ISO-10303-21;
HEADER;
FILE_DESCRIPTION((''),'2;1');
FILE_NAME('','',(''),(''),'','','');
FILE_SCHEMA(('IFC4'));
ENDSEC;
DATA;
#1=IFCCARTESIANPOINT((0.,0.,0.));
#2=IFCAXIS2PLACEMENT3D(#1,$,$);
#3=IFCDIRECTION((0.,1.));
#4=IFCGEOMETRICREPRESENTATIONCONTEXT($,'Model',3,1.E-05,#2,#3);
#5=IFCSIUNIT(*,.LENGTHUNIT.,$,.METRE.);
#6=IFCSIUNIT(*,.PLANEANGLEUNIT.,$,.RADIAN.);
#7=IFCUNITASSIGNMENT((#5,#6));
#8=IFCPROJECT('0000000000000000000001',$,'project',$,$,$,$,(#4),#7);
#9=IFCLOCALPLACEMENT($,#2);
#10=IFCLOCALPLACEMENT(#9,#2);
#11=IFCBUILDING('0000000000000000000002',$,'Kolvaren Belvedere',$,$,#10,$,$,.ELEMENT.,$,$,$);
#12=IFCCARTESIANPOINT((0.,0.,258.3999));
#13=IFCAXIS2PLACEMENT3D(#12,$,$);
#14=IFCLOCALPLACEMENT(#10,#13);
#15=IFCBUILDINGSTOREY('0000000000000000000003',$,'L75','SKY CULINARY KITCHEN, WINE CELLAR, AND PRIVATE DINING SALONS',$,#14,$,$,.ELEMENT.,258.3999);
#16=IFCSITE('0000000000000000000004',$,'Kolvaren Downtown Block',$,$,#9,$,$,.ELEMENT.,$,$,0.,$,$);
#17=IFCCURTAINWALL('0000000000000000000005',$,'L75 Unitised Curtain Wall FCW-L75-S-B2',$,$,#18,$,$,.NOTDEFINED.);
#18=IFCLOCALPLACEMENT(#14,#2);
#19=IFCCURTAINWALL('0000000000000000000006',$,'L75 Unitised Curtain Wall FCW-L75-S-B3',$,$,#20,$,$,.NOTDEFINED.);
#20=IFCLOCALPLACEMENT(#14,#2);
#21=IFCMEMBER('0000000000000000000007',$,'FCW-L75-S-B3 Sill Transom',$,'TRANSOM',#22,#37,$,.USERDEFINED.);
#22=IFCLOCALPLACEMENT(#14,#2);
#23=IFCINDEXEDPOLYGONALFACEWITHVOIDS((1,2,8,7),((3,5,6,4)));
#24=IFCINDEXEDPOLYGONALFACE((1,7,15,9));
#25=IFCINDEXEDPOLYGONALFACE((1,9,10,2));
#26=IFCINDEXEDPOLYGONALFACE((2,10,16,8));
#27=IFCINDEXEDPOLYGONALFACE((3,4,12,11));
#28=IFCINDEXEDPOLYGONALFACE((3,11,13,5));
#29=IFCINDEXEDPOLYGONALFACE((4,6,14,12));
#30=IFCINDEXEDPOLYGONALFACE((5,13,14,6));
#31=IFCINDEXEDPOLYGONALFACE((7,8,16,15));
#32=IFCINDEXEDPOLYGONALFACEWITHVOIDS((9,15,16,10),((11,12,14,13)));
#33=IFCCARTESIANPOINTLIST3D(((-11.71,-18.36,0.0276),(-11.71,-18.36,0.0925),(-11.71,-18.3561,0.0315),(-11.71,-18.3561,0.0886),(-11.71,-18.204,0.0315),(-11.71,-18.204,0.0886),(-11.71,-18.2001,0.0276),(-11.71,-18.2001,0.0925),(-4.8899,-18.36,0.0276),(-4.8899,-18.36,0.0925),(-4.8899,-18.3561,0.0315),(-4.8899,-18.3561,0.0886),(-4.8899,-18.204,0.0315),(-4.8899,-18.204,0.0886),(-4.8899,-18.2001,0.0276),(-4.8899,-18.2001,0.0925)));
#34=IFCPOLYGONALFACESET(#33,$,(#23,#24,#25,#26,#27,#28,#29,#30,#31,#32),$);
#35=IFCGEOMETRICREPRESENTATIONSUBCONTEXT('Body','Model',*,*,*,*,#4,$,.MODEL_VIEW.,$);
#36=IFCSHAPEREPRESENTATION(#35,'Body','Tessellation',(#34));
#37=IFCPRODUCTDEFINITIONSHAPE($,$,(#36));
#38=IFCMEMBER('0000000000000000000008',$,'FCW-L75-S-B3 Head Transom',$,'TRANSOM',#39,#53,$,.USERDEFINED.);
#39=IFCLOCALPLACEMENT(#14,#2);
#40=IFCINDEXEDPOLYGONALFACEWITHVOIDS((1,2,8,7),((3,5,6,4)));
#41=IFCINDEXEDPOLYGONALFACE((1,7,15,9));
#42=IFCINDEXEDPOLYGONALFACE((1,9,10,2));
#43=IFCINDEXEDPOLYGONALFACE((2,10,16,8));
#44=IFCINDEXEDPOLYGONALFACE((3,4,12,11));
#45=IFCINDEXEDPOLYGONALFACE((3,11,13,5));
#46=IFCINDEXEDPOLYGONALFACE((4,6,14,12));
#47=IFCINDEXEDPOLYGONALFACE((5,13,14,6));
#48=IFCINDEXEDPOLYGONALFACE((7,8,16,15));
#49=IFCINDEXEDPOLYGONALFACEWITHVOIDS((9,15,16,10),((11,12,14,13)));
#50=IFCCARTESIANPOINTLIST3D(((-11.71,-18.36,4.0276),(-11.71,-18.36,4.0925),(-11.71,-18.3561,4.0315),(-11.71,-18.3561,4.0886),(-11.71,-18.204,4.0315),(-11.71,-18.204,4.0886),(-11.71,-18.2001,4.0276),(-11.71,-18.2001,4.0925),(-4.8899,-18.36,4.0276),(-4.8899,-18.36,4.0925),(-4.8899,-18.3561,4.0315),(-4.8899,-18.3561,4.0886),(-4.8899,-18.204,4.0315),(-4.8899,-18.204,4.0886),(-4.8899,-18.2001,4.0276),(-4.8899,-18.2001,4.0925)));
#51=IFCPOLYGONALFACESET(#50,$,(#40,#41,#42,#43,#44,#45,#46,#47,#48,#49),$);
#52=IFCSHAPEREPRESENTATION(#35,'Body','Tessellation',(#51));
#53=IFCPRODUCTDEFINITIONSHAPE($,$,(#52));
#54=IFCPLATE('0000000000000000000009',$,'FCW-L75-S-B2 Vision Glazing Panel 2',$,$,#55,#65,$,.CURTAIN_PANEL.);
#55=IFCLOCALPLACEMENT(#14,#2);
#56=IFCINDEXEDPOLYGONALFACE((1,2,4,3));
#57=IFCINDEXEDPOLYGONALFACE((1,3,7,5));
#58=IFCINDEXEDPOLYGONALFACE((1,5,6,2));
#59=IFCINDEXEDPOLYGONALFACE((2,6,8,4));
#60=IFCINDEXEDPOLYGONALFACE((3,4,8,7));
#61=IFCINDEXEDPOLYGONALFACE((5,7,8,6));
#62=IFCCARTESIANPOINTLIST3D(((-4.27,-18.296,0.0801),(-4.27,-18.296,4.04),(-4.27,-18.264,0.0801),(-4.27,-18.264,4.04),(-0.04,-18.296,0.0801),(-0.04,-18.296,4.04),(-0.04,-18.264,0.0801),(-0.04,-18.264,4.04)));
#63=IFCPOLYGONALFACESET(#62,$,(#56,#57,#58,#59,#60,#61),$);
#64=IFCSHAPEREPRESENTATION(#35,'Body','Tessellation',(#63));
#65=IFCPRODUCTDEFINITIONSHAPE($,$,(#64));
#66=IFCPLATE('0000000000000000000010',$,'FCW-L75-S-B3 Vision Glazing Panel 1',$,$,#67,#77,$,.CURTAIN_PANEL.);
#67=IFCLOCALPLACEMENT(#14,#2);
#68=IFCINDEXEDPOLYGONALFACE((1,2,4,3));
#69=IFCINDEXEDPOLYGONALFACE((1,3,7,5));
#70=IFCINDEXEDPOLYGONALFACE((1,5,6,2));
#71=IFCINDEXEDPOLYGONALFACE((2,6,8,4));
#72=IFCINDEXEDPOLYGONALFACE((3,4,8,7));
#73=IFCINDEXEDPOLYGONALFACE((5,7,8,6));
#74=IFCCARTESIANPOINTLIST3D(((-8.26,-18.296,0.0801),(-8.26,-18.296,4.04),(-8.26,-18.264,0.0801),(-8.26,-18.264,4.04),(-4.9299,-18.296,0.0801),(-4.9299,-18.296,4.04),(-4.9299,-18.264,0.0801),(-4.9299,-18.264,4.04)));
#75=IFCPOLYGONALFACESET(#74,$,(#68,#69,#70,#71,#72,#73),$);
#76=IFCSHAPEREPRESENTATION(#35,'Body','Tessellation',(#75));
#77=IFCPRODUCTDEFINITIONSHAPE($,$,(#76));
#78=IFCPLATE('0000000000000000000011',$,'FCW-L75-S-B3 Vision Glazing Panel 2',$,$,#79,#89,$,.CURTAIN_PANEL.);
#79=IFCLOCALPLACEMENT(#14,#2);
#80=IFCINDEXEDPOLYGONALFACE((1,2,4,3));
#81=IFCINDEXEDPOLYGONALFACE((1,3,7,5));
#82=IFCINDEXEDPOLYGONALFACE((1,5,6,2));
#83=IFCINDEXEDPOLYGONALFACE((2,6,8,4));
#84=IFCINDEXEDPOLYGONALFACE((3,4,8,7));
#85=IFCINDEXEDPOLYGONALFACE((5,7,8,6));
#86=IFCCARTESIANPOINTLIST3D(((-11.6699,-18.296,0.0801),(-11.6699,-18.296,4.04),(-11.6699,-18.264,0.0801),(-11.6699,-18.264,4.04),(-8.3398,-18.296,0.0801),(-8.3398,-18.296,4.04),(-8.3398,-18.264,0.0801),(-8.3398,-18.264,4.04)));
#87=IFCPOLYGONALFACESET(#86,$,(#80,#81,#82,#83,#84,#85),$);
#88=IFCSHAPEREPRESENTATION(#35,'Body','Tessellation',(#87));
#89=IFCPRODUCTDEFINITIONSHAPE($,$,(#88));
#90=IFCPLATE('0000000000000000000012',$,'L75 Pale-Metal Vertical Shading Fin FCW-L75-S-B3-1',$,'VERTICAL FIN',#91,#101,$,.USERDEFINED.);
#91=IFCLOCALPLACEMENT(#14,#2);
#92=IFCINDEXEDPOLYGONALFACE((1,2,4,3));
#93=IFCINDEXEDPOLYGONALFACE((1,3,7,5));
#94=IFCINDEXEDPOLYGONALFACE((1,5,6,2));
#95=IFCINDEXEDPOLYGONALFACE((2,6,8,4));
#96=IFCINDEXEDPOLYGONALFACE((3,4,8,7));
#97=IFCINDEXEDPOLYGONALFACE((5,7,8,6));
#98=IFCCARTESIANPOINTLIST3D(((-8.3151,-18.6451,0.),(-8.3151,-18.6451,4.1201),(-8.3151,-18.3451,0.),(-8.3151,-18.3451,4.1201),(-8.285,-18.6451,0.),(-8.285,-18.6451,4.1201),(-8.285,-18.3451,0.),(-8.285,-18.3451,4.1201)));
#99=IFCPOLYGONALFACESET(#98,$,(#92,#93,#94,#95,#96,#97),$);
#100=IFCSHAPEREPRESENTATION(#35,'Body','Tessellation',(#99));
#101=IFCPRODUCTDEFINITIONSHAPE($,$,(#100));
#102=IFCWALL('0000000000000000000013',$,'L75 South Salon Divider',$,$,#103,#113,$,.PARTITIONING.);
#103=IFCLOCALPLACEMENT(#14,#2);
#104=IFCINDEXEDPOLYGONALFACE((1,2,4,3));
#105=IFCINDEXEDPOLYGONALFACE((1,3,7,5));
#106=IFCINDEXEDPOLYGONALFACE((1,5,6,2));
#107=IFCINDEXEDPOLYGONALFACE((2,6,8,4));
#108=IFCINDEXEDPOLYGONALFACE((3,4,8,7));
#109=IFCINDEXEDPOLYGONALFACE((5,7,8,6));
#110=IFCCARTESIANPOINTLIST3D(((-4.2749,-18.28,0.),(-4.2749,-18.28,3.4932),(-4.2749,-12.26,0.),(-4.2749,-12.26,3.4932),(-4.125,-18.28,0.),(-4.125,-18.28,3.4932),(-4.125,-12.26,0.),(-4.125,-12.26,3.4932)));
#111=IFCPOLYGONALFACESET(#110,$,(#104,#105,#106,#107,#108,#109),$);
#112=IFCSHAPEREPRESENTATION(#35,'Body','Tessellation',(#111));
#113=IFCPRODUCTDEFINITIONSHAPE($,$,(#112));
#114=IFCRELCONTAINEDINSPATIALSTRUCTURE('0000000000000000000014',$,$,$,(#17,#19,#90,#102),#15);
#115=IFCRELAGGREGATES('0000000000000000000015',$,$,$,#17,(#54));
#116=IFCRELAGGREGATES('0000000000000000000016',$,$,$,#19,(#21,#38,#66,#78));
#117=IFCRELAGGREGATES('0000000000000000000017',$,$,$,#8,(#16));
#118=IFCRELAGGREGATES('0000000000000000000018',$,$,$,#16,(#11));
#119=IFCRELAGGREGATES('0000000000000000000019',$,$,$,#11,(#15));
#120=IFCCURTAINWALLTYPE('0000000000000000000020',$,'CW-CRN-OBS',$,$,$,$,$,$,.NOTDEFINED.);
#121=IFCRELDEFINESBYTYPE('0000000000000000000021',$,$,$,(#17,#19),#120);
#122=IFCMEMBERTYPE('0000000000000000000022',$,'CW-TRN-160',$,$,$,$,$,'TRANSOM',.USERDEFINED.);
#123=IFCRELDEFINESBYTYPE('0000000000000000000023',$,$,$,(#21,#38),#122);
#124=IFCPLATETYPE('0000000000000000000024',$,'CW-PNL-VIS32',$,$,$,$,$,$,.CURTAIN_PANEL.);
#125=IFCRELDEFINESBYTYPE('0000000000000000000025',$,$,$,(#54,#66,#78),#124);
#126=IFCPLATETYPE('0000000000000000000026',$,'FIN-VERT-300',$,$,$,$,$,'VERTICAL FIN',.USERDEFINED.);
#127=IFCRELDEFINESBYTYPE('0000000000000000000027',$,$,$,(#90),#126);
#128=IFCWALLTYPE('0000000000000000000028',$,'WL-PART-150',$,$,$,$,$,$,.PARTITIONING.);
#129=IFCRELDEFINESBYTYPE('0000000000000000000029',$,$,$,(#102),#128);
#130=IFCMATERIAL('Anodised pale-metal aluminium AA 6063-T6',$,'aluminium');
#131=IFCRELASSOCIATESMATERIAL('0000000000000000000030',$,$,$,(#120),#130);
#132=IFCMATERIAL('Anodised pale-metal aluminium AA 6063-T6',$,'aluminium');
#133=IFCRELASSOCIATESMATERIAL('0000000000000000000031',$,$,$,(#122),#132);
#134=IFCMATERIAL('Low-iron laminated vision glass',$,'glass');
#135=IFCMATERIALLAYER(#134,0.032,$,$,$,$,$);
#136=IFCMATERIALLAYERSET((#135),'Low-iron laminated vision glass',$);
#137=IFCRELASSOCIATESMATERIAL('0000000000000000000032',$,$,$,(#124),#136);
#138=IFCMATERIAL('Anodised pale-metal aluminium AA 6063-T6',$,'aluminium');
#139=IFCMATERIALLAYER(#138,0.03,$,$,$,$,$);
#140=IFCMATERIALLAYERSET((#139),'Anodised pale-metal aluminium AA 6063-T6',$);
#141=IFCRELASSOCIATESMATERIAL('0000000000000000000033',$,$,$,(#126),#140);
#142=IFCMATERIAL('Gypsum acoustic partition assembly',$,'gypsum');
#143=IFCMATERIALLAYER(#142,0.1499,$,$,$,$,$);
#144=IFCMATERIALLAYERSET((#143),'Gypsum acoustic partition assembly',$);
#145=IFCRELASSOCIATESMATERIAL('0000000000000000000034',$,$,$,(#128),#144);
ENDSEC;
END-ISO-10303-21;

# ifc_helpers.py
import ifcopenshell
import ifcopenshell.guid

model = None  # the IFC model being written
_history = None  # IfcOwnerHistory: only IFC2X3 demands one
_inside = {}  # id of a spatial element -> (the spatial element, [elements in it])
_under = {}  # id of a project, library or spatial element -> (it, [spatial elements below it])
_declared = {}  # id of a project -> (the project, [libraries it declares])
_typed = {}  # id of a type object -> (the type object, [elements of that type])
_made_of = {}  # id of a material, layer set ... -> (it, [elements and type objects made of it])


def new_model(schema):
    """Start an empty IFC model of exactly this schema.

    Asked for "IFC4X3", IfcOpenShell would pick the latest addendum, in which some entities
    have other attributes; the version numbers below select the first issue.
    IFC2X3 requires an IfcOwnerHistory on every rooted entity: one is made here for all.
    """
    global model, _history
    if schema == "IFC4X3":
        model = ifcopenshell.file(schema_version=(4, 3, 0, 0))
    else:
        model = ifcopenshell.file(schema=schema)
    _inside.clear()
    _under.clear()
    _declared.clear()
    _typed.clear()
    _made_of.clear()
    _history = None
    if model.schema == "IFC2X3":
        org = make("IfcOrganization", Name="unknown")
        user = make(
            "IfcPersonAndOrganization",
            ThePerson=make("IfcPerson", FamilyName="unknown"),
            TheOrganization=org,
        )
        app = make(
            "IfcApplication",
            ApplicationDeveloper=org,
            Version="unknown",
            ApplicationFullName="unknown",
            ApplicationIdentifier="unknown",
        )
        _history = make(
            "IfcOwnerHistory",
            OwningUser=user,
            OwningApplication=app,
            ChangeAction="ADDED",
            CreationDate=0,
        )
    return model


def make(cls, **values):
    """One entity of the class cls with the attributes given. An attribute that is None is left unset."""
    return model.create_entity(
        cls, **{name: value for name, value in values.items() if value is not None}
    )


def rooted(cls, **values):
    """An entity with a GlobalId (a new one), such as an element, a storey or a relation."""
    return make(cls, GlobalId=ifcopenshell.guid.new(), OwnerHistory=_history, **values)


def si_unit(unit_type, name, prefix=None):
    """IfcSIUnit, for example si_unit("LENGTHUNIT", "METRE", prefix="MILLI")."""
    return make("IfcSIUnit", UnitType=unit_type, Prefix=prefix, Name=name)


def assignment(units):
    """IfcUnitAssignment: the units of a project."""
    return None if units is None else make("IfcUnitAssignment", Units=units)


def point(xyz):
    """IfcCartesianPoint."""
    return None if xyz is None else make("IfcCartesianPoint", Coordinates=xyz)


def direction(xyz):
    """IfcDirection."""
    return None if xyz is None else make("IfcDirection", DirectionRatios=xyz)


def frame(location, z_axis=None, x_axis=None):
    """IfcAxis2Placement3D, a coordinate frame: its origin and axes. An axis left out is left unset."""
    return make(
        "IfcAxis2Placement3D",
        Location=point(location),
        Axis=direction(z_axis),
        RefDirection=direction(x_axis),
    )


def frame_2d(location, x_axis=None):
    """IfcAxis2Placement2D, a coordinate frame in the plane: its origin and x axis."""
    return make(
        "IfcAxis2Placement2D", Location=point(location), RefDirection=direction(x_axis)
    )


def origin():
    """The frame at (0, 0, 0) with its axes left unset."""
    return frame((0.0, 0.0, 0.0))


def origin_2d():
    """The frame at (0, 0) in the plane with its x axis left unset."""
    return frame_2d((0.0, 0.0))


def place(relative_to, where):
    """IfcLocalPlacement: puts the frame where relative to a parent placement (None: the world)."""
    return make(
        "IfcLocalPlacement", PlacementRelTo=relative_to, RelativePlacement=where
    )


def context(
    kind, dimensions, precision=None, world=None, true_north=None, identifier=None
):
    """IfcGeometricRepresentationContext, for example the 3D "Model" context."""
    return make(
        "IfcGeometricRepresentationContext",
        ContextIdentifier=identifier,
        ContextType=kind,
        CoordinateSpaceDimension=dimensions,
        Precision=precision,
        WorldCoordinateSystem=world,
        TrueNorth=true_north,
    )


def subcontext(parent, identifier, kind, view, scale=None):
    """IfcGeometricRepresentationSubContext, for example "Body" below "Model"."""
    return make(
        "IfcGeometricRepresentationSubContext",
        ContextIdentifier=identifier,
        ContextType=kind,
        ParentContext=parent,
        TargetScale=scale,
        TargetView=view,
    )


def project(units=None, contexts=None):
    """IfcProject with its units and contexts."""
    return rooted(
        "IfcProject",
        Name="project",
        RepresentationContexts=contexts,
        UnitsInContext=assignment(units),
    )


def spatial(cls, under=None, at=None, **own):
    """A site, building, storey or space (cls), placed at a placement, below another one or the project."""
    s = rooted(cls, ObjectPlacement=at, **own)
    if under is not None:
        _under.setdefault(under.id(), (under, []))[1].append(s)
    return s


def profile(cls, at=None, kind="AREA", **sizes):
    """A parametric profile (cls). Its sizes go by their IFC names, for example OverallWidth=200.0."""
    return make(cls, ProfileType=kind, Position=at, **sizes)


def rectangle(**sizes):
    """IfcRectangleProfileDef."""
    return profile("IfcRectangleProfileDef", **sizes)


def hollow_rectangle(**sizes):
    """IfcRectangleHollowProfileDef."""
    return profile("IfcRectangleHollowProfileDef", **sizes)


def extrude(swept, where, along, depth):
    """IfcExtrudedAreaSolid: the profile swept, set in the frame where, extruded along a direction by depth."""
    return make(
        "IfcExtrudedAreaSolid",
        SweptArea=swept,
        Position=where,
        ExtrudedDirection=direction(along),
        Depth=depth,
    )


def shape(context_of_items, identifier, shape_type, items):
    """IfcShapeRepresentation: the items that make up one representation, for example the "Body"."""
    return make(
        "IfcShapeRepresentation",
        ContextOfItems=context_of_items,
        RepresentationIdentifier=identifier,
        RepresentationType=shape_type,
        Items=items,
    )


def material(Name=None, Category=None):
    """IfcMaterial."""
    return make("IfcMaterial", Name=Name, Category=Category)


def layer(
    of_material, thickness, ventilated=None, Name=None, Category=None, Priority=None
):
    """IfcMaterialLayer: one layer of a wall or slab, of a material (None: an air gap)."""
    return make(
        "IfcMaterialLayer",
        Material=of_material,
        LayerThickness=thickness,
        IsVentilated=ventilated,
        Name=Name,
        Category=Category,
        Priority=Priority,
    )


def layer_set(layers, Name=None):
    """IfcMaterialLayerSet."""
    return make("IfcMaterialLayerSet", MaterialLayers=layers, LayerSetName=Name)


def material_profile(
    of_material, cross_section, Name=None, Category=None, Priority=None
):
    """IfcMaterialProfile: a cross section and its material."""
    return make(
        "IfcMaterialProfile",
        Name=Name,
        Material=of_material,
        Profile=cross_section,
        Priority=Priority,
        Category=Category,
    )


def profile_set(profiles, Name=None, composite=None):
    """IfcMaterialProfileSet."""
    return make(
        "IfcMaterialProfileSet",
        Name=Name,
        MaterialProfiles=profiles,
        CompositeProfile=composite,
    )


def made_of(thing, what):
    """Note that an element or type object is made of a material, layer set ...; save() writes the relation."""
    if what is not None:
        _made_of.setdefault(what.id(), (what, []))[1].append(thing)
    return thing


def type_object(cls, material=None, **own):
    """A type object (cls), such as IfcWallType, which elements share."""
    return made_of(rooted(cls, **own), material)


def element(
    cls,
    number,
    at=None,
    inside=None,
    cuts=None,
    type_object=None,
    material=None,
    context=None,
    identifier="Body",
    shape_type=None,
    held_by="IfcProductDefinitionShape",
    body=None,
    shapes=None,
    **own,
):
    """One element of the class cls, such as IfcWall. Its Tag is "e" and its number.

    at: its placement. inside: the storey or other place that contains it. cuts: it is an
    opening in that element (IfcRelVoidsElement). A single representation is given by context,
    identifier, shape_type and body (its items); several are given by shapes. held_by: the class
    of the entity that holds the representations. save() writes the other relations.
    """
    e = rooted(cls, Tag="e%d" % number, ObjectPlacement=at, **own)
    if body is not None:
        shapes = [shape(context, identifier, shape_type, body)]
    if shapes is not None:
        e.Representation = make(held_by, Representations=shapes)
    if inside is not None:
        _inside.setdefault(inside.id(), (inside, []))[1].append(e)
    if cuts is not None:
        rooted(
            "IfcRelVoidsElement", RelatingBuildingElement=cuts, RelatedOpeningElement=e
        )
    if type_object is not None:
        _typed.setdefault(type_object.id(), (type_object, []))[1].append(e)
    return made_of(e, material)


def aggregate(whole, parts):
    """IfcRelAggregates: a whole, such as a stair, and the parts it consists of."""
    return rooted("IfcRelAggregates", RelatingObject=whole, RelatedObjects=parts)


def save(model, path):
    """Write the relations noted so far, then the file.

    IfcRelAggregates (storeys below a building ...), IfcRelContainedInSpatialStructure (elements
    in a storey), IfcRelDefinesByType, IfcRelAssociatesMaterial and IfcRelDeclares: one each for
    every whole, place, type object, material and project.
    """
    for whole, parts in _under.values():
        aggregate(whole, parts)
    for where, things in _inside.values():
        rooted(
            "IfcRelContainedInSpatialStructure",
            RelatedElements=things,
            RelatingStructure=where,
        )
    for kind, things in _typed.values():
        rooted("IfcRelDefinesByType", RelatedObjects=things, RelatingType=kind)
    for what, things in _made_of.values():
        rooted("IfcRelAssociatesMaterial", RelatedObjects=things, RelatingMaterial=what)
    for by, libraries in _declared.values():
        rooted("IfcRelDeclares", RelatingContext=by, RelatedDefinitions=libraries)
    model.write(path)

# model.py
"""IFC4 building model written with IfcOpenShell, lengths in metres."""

from ifc_helpers import new_model, si_unit, direction, frame, frame_2d, origin, origin_2d, place, context, subcontext, project, spatial, rectangle, hollow_rectangle, extrude, material, layer, layer_set, material_profile, profile_set, type_object, element, aggregate, save


model = new_model("IFC4")

# Units and contexts
model_context = context("Model", 3, precision=1e-05, world=origin(), true_north=direction((0.0, 1.0)))
body_context = subcontext(model_context, "Body", "Model", "MODEL_VIEW")
ifc_project = project(units=[si_unit("LENGTHUNIT", "METRE"), si_unit("PLANEANGLEUNIT", "RADIAN")], contexts=[model_context])

# Site, building, storey
site_placement = place(None, origin())
site = spatial("IfcSite", under=ifc_project, at=site_placement, Name="Kolvaren Downtown Block", CompositionType="ELEMENT", RefElevation=0.0)
building_placement = place(site_placement, origin())
building = spatial("IfcBuilding", under=site, at=building_placement, Name="Kolvaren Belvedere", CompositionType="ELEMENT")
storey_placement = place(building_placement, frame((0.0, 0.0, 258.3999)))
storey = spatial("IfcBuildingStorey", under=building, at=storey_placement, Name="L75", Description="SKY CULINARY KITCHEN, WINE CELLAR, AND PRIVATE DINING SALONS", CompositionType="ELEMENT", Elevation=258.3999)

# Curtain walls, members
ifc_material_1 = material(Name="Anodised pale-metal aluminium AA 6063-T6", Category="aluminium")
curtain_wall_type = type_object("IfcCurtainWallType", Name="CW-CRN-OBS", PredefinedType="NOTDEFINED", material=ifc_material_1)
curtain_wall_1_placement = place(storey_placement, origin())
curtain_wall_1 = element("IfcCurtainWall", 1, at=curtain_wall_1_placement, inside=storey, type_object=curtain_wall_type, Name="L75 Unitised Curtain Wall FCW-L75-S-B2", PredefinedType="NOTDEFINED")
curtain_wall_2_placement = place(storey_placement, origin())
curtain_wall_2 = element("IfcCurtainWall", 2, at=curtain_wall_2_placement, inside=storey, type_object=curtain_wall_type, Name="L75 Unitised Curtain Wall FCW-L75-S-B3", PredefinedType="NOTDEFINED")
ifc_material_2 = material(Name="Anodised pale-metal aluminium AA 6063-T6", Category="aluminium")
ifc_material_profile_1 = material_profile(ifc_material_2, hollow_rectangle(XDim=0.0649, YDim=0.1599, WallThickness=0.0039, at=origin_2d()), Name="ALU-TRN-160X65")
ifc_profile_set_1 = profile_set([ifc_material_profile_1], Name="Anodised pale-metal aluminium AA 6063-T6")
member_type_1 = type_object("IfcMemberType", Name="CW-TRN-160", ElementType="TRANSOM", PredefinedType="USERDEFINED", material=ifc_profile_set_1)
member_1_placement = place(storey_placement, frame((-4.8899, -18.28, 0.0601), z_axis=(-1.0, 0.0, 0.0), x_axis=(0.0, 0.0, 1.0)))
member_1 = element("IfcMember", 3, at=member_1_placement, type_object=member_type_1, Name="FCW-L75-S-B3 Sill Transom", ObjectType="TRANSOM", PredefinedType="USERDEFINED", context=body_context, shape_type="SweptSolid", body=[
    extrude(hollow_rectangle(XDim=0.0649, YDim=0.1599, WallThickness=0.0039, at=origin_2d()), origin(), (0.0, 0.0, 1.0), 6.8201),
])
member_2_placement = place(storey_placement, frame((-4.8899, -18.28, 4.0601), z_axis=(-1.0, 0.0, 0.0), x_axis=(0.0, 0.0, 1.0)))
member_2 = element("IfcMember", 4, at=member_2_placement, type_object=member_type_1, Name="FCW-L75-S-B3 Head Transom", ObjectType="TRANSOM", PredefinedType="USERDEFINED", context=body_context, shape_type="SweptSolid", body=[
    extrude(hollow_rectangle(XDim=0.0649, YDim=0.1599, WallThickness=0.0039, at=origin_2d()), origin(), (0.0, 0.0, 1.0), 6.8201),
])

# Plates
ifc_material_3 = material(Name="Low-iron laminated vision glass", Category="glass")
ifc_layer_1 = layer(ifc_material_3, 0.032)
ifc_layer_set_1 = layer_set([ifc_layer_1], Name="Low-iron laminated vision glass")
plate_type_1 = type_object("IfcPlateType", Name="CW-PNL-VIS32", PredefinedType="CURTAIN_PANEL", material=ifc_layer_set_1)
plate_1_placement = place(storey_placement, frame((-2.155, -18.28, 0.0801), z_axis=(0.0, 0.0, 1.0), x_axis=(-1.0, 0.0, 0.0)))
plate_1 = element("IfcPlate", 5, at=plate_1_placement, type_object=plate_type_1, Name="FCW-L75-S-B2 Vision Glazing Panel 2", PredefinedType="CURTAIN_PANEL", context=body_context, shape_type="SweptSolid", body=[
    extrude(rectangle(XDim=4.23, YDim=0.032, at=origin_2d()), origin(), (0.0, 0.0, 1.0), 3.96),
])
aggregate(curtain_wall_1, [plate_1])
plate_2_placement = place(storey_placement, frame((-6.595, -18.28, 0.0801), z_axis=(0.0, 0.0, 1.0), x_axis=(-1.0, 0.0, 0.0)))
plate_2 = element("IfcPlate", 6, at=plate_2_placement, type_object=plate_type_1, Name="FCW-L75-S-B3 Vision Glazing Panel 1", PredefinedType="CURTAIN_PANEL", context=body_context, shape_type="SweptSolid", body=[
    extrude(rectangle(XDim=3.3301, YDim=0.032, at=origin_2d()), origin(), (0.0, 0.0, 1.0), 3.96),
])
plate_3_placement = place(storey_placement, frame((-10.0049, -18.28, 0.0801), z_axis=(0.0, 0.0, 1.0), x_axis=(-1.0, 0.0, 0.0)))
plate_3 = element("IfcPlate", 7, at=plate_3_placement, type_object=plate_type_1, Name="FCW-L75-S-B3 Vision Glazing Panel 2", PredefinedType="CURTAIN_PANEL", context=body_context, shape_type="SweptSolid", body=[
    extrude(rectangle(XDim=3.3301, YDim=0.032, at=origin_2d()), origin(), (0.0, 0.0, 1.0), 3.96),
])
aggregate(curtain_wall_2, [member_1, member_2, plate_2, plate_3])
ifc_material_4 = material(Name="Anodised pale-metal aluminium AA 6063-T6", Category="aluminium")
ifc_layer_2 = layer(ifc_material_4, 0.03)
ifc_layer_set_2 = layer_set([ifc_layer_2], Name="Anodised pale-metal aluminium AA 6063-T6")
plate_type_2 = type_object("IfcPlateType", Name="FIN-VERT-300", ElementType="VERTICAL FIN", PredefinedType="USERDEFINED", material=ifc_layer_set_2)
plate_4_placement = place(storey_placement, frame((-8.3, -18.4951, 0.0), z_axis=(0.0, 0.0, 1.0), x_axis=(0.0, 1.0, 0.0)))
element("IfcPlate", 8, at=plate_4_placement, inside=storey, type_object=plate_type_2, Name="L75 Pale-Metal Vertical Shading Fin FCW-L75-S-B3-1", ObjectType="VERTICAL FIN", PredefinedType="USERDEFINED", context=body_context, shape_type="SweptSolid", body=[
    extrude(rectangle(XDim=0.3, YDim=0.03, at=origin_2d()), origin(), (0.0, 0.0, 1.0), 4.1201),
])

# Wall
ifc_material_5 = material(Name="Gypsum acoustic partition assembly", Category="gypsum")
ifc_layer_3 = layer(ifc_material_5, 0.1499)
ifc_layer_set_3 = layer_set([ifc_layer_3], Name="Gypsum acoustic partition assembly")
wall_type = type_object("IfcWallType", Name="WL-PART-150", PredefinedType="PARTITIONING", material=ifc_layer_set_3)
wall_placement = place(storey_placement, frame((-4.2, -18.28, 0.0), z_axis=(0.0, 0.0, 1.0), x_axis=(0.0, 1.0, 0.0)))
element("IfcWall", 9, at=wall_placement, inside=storey, type_object=wall_type, Name="L75 South Salon Divider", PredefinedType="PARTITIONING", context=body_context, shape_type="SweptSolid", body=[
    extrude(rectangle(XDim=6.02, YDim=0.1499, at=frame_2d((3.01, 0.0))), origin(), (0.0, 0.0, 1.0), 3.4932),
])

save(model, "model.ifc")
